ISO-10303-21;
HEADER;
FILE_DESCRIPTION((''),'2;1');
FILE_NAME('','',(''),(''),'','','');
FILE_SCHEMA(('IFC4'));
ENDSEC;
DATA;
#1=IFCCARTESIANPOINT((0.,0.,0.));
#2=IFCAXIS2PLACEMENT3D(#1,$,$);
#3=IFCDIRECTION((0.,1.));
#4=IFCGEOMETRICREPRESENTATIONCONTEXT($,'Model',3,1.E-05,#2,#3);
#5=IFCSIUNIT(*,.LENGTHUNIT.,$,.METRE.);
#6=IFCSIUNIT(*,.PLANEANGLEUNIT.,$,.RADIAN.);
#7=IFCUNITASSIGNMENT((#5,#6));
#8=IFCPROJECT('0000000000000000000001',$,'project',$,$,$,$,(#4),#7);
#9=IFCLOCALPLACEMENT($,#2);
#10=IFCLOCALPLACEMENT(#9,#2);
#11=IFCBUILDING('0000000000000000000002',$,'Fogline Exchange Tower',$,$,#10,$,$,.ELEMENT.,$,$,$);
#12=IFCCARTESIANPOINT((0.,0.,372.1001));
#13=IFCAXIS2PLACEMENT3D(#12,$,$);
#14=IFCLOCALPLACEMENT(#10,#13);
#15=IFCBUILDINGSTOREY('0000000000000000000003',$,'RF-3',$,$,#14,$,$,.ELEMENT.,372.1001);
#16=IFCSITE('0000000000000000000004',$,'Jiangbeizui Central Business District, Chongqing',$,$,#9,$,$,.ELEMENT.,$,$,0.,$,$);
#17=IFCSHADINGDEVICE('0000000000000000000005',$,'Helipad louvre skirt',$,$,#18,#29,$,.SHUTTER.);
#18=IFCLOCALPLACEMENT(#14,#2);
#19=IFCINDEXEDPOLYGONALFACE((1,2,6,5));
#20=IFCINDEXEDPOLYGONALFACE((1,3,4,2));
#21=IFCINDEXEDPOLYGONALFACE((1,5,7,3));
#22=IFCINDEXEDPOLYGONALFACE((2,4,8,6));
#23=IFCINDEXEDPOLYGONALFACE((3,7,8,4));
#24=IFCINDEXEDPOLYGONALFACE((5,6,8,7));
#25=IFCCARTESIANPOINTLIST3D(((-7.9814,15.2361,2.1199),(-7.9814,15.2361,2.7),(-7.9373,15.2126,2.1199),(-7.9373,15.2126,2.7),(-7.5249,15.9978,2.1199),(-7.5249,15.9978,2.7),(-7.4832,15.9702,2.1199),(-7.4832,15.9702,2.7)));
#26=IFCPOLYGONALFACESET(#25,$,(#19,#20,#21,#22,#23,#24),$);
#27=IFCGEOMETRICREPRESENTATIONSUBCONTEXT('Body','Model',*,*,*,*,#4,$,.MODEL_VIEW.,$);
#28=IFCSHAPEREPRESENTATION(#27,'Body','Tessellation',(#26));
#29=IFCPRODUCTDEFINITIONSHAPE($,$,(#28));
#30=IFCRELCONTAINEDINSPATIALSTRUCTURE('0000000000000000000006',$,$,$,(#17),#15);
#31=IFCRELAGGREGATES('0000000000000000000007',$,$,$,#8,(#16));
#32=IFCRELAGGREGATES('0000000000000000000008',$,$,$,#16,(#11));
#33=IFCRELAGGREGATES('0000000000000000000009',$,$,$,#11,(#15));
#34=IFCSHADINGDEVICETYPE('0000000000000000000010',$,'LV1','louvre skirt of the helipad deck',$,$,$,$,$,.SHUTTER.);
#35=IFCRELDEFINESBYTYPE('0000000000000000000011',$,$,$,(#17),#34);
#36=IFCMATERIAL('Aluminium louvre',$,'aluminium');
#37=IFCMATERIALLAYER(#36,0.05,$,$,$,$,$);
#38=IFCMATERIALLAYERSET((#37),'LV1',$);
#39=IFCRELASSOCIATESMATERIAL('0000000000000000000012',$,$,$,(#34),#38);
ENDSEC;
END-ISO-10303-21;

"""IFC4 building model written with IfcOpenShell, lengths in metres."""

from ifc_helpers import new_model, si_unit, direction, frame, origin, place, context, subcontext, project, spatial, polyline, outline, extrude, material, layer, layer_set, type_object, element, save


model = new_model("IFC4")

# Units and contexts
model_context = context("Model", 3, precision=1e-05, world=origin(), true_north=direction((0.0, 1.0)))
body_context = subcontext(model_context, "Body", "Model", "MODEL_VIEW")
ifc_project = project(units=[si_unit("LENGTHUNIT", "METRE"), si_unit("PLANEANGLEUNIT", "RADIAN")], contexts=[model_context])

# Site, building, storey
site_placement = place(None, origin())
site = spatial("IfcSite", under=ifc_project, at=site_placement, Name="Jiangbeizui Central Business District, Chongqing", CompositionType="ELEMENT", RefElevation=0.0)
building_placement = place(site_placement, origin())
building = spatial("IfcBuilding", under=site, at=building_placement, Name="Fogline Exchange Tower", CompositionType="ELEMENT")
storey_placement = place(building_placement, frame((0.0, 0.0, 372.1001)))
storey = spatial("IfcBuildingStorey", under=building, at=storey_placement, Name="RF-3", CompositionType="ELEMENT", Elevation=372.1001)

# Shading device
ifc_material_1 = material(Name="Aluminium louvre", Category="aluminium")
ifc_layer_1 = layer(ifc_material_1, 0.05)
ifc_layer_set_1 = layer_set([ifc_layer_1], Name="LV1")
shading_device_type = type_object("IfcShadingDeviceType", Name="LV1", Description="louvre skirt of the helipad deck", PredefinedType="SHUTTER", material=ifc_layer_set_1)
shading_device_1_placement = place(storey_placement, frame((0.0, 0.0, 2.1199)))
element("IfcShadingDevice", 1, at=shading_device_1_placement, inside=storey, type_object=shading_device_type, Name="Helipad louvre skirt", PredefinedType="SHUTTER", context=body_context, shape_type="SweptSolid", body=[
    extrude(outline(polyline([(-7.4832, 15.9702), (-7.5249, 15.9978), (-7.9814, 15.2361), (-7.9373, 15.2126), (-7.4832, 15.9702)])), origin(), (0.0, 0.0, 1.0), 0.5801),
])

save(model, "model.ifc")
